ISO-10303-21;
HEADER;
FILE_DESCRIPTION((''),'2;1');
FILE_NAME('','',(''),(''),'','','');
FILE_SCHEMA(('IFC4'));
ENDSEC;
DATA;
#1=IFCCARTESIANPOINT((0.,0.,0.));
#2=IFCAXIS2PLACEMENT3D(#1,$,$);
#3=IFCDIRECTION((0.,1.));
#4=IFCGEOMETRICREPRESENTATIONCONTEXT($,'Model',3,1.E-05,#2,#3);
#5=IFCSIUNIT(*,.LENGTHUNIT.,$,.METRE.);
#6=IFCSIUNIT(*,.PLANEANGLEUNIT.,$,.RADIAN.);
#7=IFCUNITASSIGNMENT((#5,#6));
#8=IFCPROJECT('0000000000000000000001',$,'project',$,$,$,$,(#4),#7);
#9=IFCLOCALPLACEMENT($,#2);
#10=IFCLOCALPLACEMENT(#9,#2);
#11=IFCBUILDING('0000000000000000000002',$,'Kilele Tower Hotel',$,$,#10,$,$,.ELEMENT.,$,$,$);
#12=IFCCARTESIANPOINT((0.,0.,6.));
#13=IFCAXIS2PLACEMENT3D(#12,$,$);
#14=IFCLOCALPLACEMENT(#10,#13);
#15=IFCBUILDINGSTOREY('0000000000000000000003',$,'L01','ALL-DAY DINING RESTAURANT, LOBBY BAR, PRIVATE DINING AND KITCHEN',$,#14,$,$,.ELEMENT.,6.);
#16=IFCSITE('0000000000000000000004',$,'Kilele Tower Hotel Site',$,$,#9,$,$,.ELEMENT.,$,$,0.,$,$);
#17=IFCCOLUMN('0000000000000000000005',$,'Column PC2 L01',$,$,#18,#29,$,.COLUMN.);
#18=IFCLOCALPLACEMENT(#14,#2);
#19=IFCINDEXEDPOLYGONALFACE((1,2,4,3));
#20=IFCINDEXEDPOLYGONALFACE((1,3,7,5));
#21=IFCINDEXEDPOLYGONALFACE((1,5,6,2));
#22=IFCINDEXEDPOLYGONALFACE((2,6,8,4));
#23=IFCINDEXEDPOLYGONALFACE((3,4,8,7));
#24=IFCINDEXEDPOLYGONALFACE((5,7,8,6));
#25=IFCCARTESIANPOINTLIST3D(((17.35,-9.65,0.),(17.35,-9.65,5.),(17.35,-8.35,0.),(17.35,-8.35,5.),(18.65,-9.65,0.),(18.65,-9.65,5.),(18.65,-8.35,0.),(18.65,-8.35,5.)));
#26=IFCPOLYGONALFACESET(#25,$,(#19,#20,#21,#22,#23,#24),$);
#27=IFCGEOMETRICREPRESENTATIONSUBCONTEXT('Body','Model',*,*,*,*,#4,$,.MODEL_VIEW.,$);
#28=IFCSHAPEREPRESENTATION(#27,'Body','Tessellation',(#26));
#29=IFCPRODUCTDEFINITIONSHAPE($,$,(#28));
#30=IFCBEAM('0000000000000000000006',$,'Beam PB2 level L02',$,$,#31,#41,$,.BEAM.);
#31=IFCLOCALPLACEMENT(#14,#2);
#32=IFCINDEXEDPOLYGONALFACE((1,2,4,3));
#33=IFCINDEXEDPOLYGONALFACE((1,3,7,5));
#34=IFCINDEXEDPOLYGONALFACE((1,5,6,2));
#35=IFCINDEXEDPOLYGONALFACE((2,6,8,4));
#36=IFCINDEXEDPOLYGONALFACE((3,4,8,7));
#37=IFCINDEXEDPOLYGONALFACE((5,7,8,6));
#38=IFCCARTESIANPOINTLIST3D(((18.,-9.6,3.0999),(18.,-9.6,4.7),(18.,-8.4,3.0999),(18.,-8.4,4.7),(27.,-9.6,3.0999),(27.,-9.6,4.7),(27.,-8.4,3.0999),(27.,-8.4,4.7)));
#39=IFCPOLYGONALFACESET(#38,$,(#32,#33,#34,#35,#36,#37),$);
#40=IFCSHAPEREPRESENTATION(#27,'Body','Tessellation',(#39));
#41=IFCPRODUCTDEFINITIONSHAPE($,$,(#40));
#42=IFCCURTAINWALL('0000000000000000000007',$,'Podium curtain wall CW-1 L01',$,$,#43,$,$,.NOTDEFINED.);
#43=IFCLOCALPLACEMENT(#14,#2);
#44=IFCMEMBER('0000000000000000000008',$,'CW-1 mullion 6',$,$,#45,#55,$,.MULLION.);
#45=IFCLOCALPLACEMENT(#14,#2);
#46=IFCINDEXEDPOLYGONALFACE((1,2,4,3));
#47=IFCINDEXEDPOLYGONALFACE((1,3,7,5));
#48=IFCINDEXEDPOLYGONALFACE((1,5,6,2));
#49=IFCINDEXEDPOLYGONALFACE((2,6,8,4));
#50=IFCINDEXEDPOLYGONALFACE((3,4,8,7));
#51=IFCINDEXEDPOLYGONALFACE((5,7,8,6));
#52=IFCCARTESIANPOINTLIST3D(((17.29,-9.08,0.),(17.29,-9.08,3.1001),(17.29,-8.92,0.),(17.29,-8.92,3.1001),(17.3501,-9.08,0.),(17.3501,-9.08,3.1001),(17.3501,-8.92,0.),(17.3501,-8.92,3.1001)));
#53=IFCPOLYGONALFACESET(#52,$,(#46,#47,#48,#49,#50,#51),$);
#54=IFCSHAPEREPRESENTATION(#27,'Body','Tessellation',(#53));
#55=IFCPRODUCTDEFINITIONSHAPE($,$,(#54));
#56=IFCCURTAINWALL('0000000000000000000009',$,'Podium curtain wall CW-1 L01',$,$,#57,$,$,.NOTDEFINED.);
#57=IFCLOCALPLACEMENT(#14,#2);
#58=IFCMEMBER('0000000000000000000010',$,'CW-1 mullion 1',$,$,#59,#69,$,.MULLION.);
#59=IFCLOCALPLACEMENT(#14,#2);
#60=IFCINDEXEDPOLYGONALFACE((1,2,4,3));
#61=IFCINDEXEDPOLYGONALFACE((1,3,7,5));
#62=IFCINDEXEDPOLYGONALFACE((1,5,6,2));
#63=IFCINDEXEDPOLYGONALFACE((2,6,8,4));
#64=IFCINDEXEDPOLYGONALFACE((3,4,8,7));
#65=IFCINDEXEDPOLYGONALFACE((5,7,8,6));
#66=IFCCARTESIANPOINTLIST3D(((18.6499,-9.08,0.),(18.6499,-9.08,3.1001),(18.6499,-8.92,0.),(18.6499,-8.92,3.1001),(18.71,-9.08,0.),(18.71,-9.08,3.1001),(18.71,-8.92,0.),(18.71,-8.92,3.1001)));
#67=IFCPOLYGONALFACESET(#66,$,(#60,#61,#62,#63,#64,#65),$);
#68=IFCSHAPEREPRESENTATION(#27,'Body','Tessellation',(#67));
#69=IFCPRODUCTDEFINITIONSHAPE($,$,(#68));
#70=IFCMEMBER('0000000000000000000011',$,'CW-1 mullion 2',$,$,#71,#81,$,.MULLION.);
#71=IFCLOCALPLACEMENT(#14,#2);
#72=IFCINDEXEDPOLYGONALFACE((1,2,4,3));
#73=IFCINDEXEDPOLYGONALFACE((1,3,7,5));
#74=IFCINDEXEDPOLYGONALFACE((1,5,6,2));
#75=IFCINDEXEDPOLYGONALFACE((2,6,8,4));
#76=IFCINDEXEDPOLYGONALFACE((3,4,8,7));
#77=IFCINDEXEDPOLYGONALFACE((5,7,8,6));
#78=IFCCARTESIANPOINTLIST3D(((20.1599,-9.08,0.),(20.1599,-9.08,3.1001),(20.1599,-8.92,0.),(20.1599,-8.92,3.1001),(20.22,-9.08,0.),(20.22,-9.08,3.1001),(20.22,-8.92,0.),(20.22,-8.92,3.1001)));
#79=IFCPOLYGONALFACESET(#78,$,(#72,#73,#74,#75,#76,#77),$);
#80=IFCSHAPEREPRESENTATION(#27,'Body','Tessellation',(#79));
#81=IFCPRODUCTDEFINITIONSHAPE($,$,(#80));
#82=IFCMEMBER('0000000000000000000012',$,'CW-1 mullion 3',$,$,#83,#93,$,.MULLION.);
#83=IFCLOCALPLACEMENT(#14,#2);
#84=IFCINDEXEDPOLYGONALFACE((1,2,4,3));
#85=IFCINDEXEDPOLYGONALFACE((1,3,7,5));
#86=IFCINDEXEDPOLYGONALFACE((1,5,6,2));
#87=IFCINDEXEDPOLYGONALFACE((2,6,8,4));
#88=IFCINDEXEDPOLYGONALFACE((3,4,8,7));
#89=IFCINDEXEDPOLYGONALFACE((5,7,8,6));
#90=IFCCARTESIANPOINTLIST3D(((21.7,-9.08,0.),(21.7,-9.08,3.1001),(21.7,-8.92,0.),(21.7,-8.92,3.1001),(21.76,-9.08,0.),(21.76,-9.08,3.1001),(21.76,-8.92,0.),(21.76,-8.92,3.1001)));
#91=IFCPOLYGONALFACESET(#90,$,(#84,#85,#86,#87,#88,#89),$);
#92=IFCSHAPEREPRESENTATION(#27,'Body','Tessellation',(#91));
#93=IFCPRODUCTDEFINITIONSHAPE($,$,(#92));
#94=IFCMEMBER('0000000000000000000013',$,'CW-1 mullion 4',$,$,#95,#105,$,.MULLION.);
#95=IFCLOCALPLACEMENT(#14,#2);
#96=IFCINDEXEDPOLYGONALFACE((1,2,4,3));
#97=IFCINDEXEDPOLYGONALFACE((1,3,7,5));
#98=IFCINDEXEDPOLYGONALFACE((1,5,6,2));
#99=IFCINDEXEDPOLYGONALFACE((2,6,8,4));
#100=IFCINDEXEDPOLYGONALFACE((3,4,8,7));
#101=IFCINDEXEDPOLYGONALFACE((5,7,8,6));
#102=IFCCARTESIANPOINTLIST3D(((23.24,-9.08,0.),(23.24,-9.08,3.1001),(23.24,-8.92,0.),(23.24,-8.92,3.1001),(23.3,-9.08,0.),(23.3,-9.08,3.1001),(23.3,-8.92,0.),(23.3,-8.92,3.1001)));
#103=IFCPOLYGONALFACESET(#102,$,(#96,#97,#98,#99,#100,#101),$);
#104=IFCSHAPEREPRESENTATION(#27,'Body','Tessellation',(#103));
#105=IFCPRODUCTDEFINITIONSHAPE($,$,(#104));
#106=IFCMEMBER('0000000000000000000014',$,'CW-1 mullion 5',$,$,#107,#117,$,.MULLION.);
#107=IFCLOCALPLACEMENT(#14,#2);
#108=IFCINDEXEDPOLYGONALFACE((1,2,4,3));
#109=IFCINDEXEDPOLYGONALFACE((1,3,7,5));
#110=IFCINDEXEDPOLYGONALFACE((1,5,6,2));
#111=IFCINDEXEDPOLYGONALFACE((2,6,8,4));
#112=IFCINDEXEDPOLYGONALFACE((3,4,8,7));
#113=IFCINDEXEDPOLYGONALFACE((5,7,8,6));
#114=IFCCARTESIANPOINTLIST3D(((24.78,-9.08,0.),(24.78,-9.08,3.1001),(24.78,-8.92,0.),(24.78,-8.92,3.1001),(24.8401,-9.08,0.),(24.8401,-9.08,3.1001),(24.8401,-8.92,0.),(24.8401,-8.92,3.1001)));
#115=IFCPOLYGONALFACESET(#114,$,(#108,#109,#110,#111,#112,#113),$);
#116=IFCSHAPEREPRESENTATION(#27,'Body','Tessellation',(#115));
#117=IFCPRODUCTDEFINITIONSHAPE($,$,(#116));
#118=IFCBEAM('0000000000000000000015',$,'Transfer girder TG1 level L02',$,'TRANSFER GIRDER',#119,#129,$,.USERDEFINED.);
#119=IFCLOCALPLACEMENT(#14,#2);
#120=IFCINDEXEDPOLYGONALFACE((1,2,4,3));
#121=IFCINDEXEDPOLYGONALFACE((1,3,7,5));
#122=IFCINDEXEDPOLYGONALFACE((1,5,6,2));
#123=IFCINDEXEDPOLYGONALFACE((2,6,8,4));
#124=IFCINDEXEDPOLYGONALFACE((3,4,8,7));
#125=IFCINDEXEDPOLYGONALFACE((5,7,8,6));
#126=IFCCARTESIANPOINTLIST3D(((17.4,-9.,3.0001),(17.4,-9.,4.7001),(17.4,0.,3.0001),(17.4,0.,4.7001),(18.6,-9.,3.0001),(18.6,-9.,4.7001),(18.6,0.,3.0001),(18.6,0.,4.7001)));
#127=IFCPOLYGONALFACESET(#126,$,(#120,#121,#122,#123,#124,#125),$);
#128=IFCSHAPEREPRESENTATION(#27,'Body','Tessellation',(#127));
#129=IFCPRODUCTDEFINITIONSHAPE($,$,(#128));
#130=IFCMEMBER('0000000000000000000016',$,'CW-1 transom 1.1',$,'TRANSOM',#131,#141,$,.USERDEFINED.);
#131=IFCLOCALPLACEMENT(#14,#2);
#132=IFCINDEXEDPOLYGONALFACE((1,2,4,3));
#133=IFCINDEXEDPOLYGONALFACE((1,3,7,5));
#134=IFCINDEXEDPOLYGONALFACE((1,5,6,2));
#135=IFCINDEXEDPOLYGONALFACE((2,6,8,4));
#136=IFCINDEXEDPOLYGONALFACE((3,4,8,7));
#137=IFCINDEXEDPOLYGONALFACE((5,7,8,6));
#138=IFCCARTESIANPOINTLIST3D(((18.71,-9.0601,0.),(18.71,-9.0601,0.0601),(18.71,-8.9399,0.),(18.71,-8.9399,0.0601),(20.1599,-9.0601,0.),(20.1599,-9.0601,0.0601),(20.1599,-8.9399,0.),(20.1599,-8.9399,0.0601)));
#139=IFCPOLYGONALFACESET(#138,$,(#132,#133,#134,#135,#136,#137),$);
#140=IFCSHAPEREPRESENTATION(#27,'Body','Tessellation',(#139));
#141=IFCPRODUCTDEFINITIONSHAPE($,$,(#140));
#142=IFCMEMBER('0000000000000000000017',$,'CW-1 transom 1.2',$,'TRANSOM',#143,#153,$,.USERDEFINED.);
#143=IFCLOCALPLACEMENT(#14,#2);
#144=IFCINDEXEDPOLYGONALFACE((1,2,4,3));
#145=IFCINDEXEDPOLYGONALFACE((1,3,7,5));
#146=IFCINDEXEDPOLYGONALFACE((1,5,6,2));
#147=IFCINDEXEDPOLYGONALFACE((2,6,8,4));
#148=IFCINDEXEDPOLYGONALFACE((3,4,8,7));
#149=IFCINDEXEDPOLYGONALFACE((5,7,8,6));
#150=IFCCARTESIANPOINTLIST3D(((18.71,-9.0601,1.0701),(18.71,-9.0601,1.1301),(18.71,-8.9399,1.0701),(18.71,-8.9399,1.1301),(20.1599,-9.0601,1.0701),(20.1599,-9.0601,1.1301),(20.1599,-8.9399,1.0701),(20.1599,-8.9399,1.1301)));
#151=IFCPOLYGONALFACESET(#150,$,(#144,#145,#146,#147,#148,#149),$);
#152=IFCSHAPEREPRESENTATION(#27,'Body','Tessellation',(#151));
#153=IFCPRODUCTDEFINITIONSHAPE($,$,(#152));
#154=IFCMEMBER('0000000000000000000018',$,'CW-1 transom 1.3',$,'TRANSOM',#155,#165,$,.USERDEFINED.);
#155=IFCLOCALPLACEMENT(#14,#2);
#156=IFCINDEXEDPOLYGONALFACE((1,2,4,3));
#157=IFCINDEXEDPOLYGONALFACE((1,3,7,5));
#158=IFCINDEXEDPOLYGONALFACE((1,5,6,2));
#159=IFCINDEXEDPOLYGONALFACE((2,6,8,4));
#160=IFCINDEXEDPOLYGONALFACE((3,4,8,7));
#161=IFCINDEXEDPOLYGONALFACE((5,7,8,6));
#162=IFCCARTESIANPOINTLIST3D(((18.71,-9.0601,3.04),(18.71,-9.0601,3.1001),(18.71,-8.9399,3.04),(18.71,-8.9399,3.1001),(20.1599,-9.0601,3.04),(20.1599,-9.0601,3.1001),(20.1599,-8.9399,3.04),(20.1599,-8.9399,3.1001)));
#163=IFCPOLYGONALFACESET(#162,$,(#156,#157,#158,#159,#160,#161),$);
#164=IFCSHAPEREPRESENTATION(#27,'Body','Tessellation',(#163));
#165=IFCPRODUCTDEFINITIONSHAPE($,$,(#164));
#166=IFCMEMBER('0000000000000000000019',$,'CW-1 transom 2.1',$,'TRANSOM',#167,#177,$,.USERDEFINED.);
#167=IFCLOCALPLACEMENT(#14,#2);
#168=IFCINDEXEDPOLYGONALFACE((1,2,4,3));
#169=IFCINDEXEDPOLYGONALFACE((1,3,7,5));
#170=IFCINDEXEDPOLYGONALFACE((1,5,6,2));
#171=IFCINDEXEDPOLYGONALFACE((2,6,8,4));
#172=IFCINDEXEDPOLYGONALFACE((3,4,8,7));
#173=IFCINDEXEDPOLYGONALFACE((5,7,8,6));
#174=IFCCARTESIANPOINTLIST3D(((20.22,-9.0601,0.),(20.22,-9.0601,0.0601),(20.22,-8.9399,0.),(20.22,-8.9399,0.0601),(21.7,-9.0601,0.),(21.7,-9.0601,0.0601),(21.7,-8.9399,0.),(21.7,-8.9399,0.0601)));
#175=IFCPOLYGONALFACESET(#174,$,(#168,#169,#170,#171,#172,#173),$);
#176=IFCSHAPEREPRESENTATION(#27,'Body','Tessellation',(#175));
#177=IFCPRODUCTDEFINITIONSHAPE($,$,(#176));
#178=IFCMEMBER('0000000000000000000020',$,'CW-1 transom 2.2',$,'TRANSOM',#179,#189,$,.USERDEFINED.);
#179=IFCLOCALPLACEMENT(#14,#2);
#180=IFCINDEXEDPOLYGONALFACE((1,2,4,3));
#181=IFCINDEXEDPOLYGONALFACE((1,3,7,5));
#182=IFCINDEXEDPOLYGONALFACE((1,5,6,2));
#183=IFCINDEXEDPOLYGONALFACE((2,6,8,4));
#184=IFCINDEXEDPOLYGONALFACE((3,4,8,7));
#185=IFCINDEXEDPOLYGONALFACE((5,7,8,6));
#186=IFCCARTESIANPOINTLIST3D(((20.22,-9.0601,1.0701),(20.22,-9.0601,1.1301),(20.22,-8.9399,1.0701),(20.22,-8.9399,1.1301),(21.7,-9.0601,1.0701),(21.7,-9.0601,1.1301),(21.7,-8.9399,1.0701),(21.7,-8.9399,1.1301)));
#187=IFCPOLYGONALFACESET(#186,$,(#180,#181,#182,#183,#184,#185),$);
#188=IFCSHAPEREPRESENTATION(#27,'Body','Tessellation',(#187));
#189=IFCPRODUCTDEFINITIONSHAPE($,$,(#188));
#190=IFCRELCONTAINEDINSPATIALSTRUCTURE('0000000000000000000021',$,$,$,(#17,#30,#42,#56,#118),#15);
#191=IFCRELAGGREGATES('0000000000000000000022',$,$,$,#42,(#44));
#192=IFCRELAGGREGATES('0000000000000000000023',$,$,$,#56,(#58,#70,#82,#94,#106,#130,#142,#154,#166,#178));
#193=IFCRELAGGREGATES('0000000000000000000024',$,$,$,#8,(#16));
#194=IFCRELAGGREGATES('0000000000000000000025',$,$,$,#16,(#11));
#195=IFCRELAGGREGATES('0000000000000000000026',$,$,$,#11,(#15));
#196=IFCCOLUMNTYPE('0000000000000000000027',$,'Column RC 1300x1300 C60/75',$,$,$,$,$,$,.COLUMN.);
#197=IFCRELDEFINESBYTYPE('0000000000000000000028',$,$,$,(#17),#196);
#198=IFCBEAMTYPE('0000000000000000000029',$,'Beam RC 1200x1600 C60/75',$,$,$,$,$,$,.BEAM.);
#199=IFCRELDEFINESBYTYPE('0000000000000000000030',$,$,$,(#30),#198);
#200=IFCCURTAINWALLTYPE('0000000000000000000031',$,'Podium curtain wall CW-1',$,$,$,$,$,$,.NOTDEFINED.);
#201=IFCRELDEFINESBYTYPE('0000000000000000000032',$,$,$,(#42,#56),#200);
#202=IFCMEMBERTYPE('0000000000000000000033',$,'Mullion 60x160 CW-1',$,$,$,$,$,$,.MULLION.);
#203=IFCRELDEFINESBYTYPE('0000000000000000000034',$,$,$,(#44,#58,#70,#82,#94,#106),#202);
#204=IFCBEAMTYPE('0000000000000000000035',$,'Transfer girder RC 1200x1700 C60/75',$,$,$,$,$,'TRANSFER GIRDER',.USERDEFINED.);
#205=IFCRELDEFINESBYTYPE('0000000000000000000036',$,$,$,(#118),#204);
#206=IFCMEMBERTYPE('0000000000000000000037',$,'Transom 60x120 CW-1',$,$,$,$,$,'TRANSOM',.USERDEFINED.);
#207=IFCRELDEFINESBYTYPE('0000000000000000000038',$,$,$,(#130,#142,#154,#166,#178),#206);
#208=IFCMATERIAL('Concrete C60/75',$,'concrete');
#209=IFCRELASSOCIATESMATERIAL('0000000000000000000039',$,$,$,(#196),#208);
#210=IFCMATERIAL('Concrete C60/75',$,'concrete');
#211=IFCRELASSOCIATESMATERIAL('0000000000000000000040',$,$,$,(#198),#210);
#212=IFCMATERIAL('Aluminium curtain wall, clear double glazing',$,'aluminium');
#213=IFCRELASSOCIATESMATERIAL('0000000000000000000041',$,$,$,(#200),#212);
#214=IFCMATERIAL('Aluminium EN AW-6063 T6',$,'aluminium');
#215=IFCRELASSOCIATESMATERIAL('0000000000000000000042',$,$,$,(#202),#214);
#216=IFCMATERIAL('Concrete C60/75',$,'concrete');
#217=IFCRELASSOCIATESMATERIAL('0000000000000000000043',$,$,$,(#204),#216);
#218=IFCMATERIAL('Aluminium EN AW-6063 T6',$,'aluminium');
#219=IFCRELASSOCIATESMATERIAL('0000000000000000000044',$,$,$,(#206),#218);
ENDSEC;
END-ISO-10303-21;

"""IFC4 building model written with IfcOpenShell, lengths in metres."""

from ifc_helpers import new_model, si_unit, direction, frame, origin, origin_2d, place, context, subcontext, project, spatial, rectangle, extrude, material, material_profile, profile_set, type_object, element, aggregate, save


model = new_model("IFC4")

# Units and contexts
model_context = context("Model", 3, precision=1e-05, world=origin(), true_north=direction((0.0, 1.0)))
body_context = subcontext(model_context, "Body", "Model", "MODEL_VIEW")
ifc_project = project(units=[si_unit("LENGTHUNIT", "METRE"), si_unit("PLANEANGLEUNIT", "RADIAN")], contexts=[model_context])

# Site, building, storey
site_placement = place(None, origin())
site = spatial("IfcSite", under=ifc_project, at=site_placement, Name="Kilele Tower Hotel Site", CompositionType="ELEMENT", RefElevation=0.0)
building_placement = place(site_placement, origin())
building = spatial("IfcBuilding", under=site, at=building_placement, Name="Kilele Tower Hotel", CompositionType="ELEMENT")
storey_placement = place(building_placement, frame((0.0, 0.0, 6.0)))
storey = spatial("IfcBuildingStorey", under=building, at=storey_placement, Name="L01", Description="ALL-DAY DINING RESTAURANT, LOBBY BAR, PRIVATE DINING AND KITCHEN", CompositionType="ELEMENT", Elevation=6.0)

# Column
ifc_material_1 = material(Name="Concrete C60/75", Category="concrete")
ifc_material_profile_1 = material_profile(ifc_material_1, rectangle(XDim=1.3, YDim=1.3, at=origin_2d()))
ifc_profile_set_1 = profile_set([ifc_material_profile_1], Name="Concrete C60/75")
column_type = type_object("IfcColumnType", Name="Column RC 1300x1300 C60/75", PredefinedType="COLUMN", material=ifc_profile_set_1)
column_placement = place(storey_placement, frame((18.0, -9.0, 0.0), z_axis=(0.0, 0.0, 1.0), x_axis=(1.0, 0.0, 0.0)))
element("IfcColumn", 1, at=column_placement, inside=storey, type_object=column_type, Name="Column PC2 L01", PredefinedType="COLUMN", context=body_context, shape_type="SweptSolid", body=[
    extrude(rectangle(XDim=1.3, YDim=1.3, at=origin_2d()), origin(), (0.0, 0.0, 1.0), 5.0),
])

# Beam
ifc_material_2 = material(Name="Concrete C60/75", Category="concrete")
ifc_material_profile_2 = material_profile(ifc_material_2, rectangle(XDim=1.2, YDim=1.6001, at=origin_2d()))
ifc_profile_set_2 = profile_set([ifc_material_profile_2], Name="Concrete C60/75")
beam_type_1 = type_object("IfcBeamType", Name="Beam RC 1200x1600 C60/75", PredefinedType="BEAM", material=ifc_profile_set_2)
beam_1_placement = place(storey_placement, frame((18.0, -9.0, 3.8999), z_axis=(1.0, 0.0, 0.0), x_axis=(0.0, 1.0, 0.0)))
element("IfcBeam", 2, at=beam_1_placement, inside=storey, type_object=beam_type_1, Name="Beam PB2 level L02", PredefinedType="BEAM", context=body_context, shape_type="SweptSolid", body=[
    extrude(rectangle(XDim=1.2, YDim=1.6001, at=origin_2d()), origin(), (0.0, 0.0, 1.0), 9.0),
])

# Curtain wall, member
ifc_material_3 = material(Name="Aluminium curtain wall, clear double glazing", Category="aluminium")
curtain_wall_type = type_object("IfcCurtainWallType", Name="Podium curtain wall CW-1", PredefinedType="NOTDEFINED", material=ifc_material_3)
curtain_wall_1_placement = place(storey_placement, origin())
curtain_wall_1 = element("IfcCurtainWall", 3, at=curtain_wall_1_placement, inside=storey, type_object=curtain_wall_type, Name="Podium curtain wall CW-1 L01", PredefinedType="NOTDEFINED")
ifc_material_4 = material(Name="Aluminium EN AW-6063 T6", Category="aluminium")
ifc_material_profile_3 = material_profile(ifc_material_4, rectangle(XDim=0.1599, YDim=0.0601, at=origin_2d()))
ifc_profile_set_3 = profile_set([ifc_material_profile_3], Name="Aluminium EN AW-6063 T6")
member_type_1 = type_object("IfcMemberType", Name="Mullion 60x160 CW-1", PredefinedType="MULLION", material=ifc_profile_set_3)
member_1_placement = place(storey_placement, frame((17.3201, -9.0, 0.0), z_axis=(0.0, 0.0, 1.0), x_axis=(0.0, 1.0, 0.0)))
member_1 = element("IfcMember", 4, at=member_1_placement, type_object=member_type_1, Name="CW-1 mullion 6", PredefinedType="MULLION", context=body_context, shape_type="SweptSolid", body=[
    extrude(rectangle(XDim=0.1599, YDim=0.0601, at=origin_2d()), origin(), (0.0, 0.0, 1.0), 3.1001),
])

# Curtain wall, members
curtain_wall_2_placement = place(storey_placement, origin())
curtain_wall_2 = element("IfcCurtainWall", 5, at=curtain_wall_2_placement, inside=storey, type_object=curtain_wall_type, Name="Podium curtain wall CW-1 L01", PredefinedType="NOTDEFINED")
member_2_placement = place(storey_placement, frame((18.6799, -9.0, 0.0), z_axis=(0.0, 0.0, 1.0), x_axis=(0.0, 1.0, 0.0)))
member_2 = element("IfcMember", 6, at=member_2_placement, type_object=member_type_1, Name="CW-1 mullion 1", PredefinedType="MULLION", context=body_context, shape_type="SweptSolid", body=[
    extrude(rectangle(XDim=0.1599, YDim=0.0601, at=origin_2d()), origin(), (0.0, 0.0, 1.0), 3.1001),
])
member_3_placement = place(storey_placement, frame((20.1899, -9.0, 0.0), z_axis=(0.0, 0.0, 1.0), x_axis=(0.0, 1.0, 0.0)))
member_3 = element("IfcMember", 7, at=member_3_placement, type_object=member_type_1, Name="CW-1 mullion 2", PredefinedType="MULLION", context=body_context, shape_type="SweptSolid", body=[
    extrude(rectangle(XDim=0.1599, YDim=0.0601, at=origin_2d()), origin(), (0.0, 0.0, 1.0), 3.1001),
])
member_4_placement = place(storey_placement, frame((21.73, -9.0, 0.0), z_axis=(0.0, 0.0, 1.0), x_axis=(0.0, 1.0, 0.0)))
member_4 = element("IfcMember", 8, at=member_4_placement, type_object=member_type_1, Name="CW-1 mullion 3", PredefinedType="MULLION", context=body_context, shape_type="SweptSolid", body=[
    extrude(rectangle(XDim=0.1599, YDim=0.0601, at=origin_2d()), origin(), (0.0, 0.0, 1.0), 3.1001),
])
member_5_placement = place(storey_placement, frame((23.27, -9.0, 0.0), z_axis=(0.0, 0.0, 1.0), x_axis=(0.0, 1.0, 0.0)))
member_5 = element("IfcMember", 9, at=member_5_placement, type_object=member_type_1, Name="CW-1 mullion 4", PredefinedType="MULLION", context=body_context, shape_type="SweptSolid", body=[
    extrude(rectangle(XDim=0.1599, YDim=0.0601, at=origin_2d()), origin(), (0.0, 0.0, 1.0), 3.1001),
])
member_6_placement = place(storey_placement, frame((24.8101, -9.0, 0.0), z_axis=(0.0, 0.0, 1.0), x_axis=(0.0, 1.0, 0.0)))
member_6 = element("IfcMember", 10, at=member_6_placement, type_object=member_type_1, Name="CW-1 mullion 5", PredefinedType="MULLION", context=body_context, shape_type="SweptSolid", body=[
    extrude(rectangle(XDim=0.1599, YDim=0.0601, at=origin_2d()), origin(), (0.0, 0.0, 1.0), 3.1001),
])

# Beam
ifc_material_5 = material(Name="Concrete C60/75", Category="concrete")
ifc_material_profile_4 = material_profile(ifc_material_5, rectangle(XDim=1.2, YDim=1.7, at=origin_2d()))
ifc_profile_set_4 = profile_set([ifc_material_profile_4], Name="Concrete C60/75")
beam_type_2 = type_object("IfcBeamType", Name="Transfer girder RC 1200x1700 C60/75", ElementType="TRANSFER GIRDER", PredefinedType="USERDEFINED", material=ifc_profile_set_4)
beam_2_placement = place(storey_placement, frame((18.0, -9.0, 3.8501), z_axis=(0.0, 1.0, 0.0), x_axis=(-1.0, 0.0, 0.0)))
element("IfcBeam", 11, at=beam_2_placement, inside=storey, type_object=beam_type_2, Name="Transfer girder TG1 level L02", ObjectType="TRANSFER GIRDER", PredefinedType="USERDEFINED", context=body_context, shape_type="SweptSolid", body=[
    extrude(rectangle(XDim=1.2, YDim=1.7, at=origin_2d()), origin(), (0.0, 0.0, 1.0), 9.0),
])

# Members
ifc_material_6 = material(Name="Aluminium EN AW-6063 T6", Category="aluminium")
ifc_material_profile_5 = material_profile(ifc_material_6, rectangle(XDim=0.1201, YDim=0.0601, at=origin_2d()))
ifc_profile_set_5 = profile_set([ifc_material_profile_5], Name="Aluminium EN AW-6063 T6")
member_type_2 = type_object("IfcMemberType", Name="Transom 60x120 CW-1", ElementType="TRANSOM", PredefinedType="USERDEFINED", material=ifc_profile_set_5)
member_7_placement = place(storey_placement, frame((18.71, -9.0, 0.03), z_axis=(1.0, 0.0, 0.0), x_axis=(0.0, 1.0, 0.0)))
member_7 = element("IfcMember", 12, at=member_7_placement, type_object=member_type_2, Name="CW-1 transom 1.1", ObjectType="TRANSOM", PredefinedType="USERDEFINED", context=body_context, shape_type="SweptSolid", body=[
    extrude(rectangle(XDim=0.1201, YDim=0.0601, at=origin_2d()), origin(), (0.0, 0.0, 1.0), 1.45),
])
member_8_placement = place(storey_placement, frame((18.71, -9.0, 1.1001), z_axis=(1.0, 0.0, 0.0), x_axis=(0.0, 1.0, 0.0)))
member_8 = element("IfcMember", 13, at=member_8_placement, type_object=member_type_2, Name="CW-1 transom 1.2", ObjectType="TRANSOM", PredefinedType="USERDEFINED", context=body_context, shape_type="SweptSolid", body=[
    extrude(rectangle(XDim=0.1201, YDim=0.0601, at=origin_2d()), origin(), (0.0, 0.0, 1.0), 1.45),
])
member_9_placement = place(storey_placement, frame((18.71, -9.0, 3.0701), z_axis=(1.0, 0.0, 0.0), x_axis=(0.0, 1.0, 0.0)))
member_9 = element("IfcMember", 14, at=member_9_placement, type_object=member_type_2, Name="CW-1 transom 1.3", ObjectType="TRANSOM", PredefinedType="USERDEFINED", context=body_context, shape_type="SweptSolid", body=[
    extrude(rectangle(XDim=0.1201, YDim=0.0601, at=origin_2d()), origin(), (0.0, 0.0, 1.0), 1.45),
])
member_10_placement = place(storey_placement, frame((20.22, -9.0, 0.03), z_axis=(1.0, 0.0, 0.0), x_axis=(0.0, 1.0, 0.0)))
member_10 = element("IfcMember", 15, at=member_10_placement, type_object=member_type_2, Name="CW-1 transom 2.1", ObjectType="TRANSOM", PredefinedType="USERDEFINED", context=body_context, shape_type="SweptSolid", body=[
    extrude(rectangle(XDim=0.1201, YDim=0.0601, at=origin_2d()), origin(), (0.0, 0.0, 1.0), 1.48),
])
member_11_placement = place(storey_placement, frame((20.22, -9.0, 1.1001), z_axis=(1.0, 0.0, 0.0), x_axis=(0.0, 1.0, 0.0)))
member_11 = element("IfcMember", 16, at=member_11_placement, type_object=member_type_2, Name="CW-1 transom 2.2", ObjectType="TRANSOM", PredefinedType="USERDEFINED", context=body_context, shape_type="SweptSolid", body=[
    extrude(rectangle(XDim=0.1201, YDim=0.0601, at=origin_2d()), origin(), (0.0, 0.0, 1.0), 1.48),
])

aggregate(curtain_wall_1, [member_1])
aggregate(curtain_wall_2, [member_2, member_3, member_4, member_5, member_6, member_7, member_8, member_9, member_10, member_11])

save(model, "model.ifc")
